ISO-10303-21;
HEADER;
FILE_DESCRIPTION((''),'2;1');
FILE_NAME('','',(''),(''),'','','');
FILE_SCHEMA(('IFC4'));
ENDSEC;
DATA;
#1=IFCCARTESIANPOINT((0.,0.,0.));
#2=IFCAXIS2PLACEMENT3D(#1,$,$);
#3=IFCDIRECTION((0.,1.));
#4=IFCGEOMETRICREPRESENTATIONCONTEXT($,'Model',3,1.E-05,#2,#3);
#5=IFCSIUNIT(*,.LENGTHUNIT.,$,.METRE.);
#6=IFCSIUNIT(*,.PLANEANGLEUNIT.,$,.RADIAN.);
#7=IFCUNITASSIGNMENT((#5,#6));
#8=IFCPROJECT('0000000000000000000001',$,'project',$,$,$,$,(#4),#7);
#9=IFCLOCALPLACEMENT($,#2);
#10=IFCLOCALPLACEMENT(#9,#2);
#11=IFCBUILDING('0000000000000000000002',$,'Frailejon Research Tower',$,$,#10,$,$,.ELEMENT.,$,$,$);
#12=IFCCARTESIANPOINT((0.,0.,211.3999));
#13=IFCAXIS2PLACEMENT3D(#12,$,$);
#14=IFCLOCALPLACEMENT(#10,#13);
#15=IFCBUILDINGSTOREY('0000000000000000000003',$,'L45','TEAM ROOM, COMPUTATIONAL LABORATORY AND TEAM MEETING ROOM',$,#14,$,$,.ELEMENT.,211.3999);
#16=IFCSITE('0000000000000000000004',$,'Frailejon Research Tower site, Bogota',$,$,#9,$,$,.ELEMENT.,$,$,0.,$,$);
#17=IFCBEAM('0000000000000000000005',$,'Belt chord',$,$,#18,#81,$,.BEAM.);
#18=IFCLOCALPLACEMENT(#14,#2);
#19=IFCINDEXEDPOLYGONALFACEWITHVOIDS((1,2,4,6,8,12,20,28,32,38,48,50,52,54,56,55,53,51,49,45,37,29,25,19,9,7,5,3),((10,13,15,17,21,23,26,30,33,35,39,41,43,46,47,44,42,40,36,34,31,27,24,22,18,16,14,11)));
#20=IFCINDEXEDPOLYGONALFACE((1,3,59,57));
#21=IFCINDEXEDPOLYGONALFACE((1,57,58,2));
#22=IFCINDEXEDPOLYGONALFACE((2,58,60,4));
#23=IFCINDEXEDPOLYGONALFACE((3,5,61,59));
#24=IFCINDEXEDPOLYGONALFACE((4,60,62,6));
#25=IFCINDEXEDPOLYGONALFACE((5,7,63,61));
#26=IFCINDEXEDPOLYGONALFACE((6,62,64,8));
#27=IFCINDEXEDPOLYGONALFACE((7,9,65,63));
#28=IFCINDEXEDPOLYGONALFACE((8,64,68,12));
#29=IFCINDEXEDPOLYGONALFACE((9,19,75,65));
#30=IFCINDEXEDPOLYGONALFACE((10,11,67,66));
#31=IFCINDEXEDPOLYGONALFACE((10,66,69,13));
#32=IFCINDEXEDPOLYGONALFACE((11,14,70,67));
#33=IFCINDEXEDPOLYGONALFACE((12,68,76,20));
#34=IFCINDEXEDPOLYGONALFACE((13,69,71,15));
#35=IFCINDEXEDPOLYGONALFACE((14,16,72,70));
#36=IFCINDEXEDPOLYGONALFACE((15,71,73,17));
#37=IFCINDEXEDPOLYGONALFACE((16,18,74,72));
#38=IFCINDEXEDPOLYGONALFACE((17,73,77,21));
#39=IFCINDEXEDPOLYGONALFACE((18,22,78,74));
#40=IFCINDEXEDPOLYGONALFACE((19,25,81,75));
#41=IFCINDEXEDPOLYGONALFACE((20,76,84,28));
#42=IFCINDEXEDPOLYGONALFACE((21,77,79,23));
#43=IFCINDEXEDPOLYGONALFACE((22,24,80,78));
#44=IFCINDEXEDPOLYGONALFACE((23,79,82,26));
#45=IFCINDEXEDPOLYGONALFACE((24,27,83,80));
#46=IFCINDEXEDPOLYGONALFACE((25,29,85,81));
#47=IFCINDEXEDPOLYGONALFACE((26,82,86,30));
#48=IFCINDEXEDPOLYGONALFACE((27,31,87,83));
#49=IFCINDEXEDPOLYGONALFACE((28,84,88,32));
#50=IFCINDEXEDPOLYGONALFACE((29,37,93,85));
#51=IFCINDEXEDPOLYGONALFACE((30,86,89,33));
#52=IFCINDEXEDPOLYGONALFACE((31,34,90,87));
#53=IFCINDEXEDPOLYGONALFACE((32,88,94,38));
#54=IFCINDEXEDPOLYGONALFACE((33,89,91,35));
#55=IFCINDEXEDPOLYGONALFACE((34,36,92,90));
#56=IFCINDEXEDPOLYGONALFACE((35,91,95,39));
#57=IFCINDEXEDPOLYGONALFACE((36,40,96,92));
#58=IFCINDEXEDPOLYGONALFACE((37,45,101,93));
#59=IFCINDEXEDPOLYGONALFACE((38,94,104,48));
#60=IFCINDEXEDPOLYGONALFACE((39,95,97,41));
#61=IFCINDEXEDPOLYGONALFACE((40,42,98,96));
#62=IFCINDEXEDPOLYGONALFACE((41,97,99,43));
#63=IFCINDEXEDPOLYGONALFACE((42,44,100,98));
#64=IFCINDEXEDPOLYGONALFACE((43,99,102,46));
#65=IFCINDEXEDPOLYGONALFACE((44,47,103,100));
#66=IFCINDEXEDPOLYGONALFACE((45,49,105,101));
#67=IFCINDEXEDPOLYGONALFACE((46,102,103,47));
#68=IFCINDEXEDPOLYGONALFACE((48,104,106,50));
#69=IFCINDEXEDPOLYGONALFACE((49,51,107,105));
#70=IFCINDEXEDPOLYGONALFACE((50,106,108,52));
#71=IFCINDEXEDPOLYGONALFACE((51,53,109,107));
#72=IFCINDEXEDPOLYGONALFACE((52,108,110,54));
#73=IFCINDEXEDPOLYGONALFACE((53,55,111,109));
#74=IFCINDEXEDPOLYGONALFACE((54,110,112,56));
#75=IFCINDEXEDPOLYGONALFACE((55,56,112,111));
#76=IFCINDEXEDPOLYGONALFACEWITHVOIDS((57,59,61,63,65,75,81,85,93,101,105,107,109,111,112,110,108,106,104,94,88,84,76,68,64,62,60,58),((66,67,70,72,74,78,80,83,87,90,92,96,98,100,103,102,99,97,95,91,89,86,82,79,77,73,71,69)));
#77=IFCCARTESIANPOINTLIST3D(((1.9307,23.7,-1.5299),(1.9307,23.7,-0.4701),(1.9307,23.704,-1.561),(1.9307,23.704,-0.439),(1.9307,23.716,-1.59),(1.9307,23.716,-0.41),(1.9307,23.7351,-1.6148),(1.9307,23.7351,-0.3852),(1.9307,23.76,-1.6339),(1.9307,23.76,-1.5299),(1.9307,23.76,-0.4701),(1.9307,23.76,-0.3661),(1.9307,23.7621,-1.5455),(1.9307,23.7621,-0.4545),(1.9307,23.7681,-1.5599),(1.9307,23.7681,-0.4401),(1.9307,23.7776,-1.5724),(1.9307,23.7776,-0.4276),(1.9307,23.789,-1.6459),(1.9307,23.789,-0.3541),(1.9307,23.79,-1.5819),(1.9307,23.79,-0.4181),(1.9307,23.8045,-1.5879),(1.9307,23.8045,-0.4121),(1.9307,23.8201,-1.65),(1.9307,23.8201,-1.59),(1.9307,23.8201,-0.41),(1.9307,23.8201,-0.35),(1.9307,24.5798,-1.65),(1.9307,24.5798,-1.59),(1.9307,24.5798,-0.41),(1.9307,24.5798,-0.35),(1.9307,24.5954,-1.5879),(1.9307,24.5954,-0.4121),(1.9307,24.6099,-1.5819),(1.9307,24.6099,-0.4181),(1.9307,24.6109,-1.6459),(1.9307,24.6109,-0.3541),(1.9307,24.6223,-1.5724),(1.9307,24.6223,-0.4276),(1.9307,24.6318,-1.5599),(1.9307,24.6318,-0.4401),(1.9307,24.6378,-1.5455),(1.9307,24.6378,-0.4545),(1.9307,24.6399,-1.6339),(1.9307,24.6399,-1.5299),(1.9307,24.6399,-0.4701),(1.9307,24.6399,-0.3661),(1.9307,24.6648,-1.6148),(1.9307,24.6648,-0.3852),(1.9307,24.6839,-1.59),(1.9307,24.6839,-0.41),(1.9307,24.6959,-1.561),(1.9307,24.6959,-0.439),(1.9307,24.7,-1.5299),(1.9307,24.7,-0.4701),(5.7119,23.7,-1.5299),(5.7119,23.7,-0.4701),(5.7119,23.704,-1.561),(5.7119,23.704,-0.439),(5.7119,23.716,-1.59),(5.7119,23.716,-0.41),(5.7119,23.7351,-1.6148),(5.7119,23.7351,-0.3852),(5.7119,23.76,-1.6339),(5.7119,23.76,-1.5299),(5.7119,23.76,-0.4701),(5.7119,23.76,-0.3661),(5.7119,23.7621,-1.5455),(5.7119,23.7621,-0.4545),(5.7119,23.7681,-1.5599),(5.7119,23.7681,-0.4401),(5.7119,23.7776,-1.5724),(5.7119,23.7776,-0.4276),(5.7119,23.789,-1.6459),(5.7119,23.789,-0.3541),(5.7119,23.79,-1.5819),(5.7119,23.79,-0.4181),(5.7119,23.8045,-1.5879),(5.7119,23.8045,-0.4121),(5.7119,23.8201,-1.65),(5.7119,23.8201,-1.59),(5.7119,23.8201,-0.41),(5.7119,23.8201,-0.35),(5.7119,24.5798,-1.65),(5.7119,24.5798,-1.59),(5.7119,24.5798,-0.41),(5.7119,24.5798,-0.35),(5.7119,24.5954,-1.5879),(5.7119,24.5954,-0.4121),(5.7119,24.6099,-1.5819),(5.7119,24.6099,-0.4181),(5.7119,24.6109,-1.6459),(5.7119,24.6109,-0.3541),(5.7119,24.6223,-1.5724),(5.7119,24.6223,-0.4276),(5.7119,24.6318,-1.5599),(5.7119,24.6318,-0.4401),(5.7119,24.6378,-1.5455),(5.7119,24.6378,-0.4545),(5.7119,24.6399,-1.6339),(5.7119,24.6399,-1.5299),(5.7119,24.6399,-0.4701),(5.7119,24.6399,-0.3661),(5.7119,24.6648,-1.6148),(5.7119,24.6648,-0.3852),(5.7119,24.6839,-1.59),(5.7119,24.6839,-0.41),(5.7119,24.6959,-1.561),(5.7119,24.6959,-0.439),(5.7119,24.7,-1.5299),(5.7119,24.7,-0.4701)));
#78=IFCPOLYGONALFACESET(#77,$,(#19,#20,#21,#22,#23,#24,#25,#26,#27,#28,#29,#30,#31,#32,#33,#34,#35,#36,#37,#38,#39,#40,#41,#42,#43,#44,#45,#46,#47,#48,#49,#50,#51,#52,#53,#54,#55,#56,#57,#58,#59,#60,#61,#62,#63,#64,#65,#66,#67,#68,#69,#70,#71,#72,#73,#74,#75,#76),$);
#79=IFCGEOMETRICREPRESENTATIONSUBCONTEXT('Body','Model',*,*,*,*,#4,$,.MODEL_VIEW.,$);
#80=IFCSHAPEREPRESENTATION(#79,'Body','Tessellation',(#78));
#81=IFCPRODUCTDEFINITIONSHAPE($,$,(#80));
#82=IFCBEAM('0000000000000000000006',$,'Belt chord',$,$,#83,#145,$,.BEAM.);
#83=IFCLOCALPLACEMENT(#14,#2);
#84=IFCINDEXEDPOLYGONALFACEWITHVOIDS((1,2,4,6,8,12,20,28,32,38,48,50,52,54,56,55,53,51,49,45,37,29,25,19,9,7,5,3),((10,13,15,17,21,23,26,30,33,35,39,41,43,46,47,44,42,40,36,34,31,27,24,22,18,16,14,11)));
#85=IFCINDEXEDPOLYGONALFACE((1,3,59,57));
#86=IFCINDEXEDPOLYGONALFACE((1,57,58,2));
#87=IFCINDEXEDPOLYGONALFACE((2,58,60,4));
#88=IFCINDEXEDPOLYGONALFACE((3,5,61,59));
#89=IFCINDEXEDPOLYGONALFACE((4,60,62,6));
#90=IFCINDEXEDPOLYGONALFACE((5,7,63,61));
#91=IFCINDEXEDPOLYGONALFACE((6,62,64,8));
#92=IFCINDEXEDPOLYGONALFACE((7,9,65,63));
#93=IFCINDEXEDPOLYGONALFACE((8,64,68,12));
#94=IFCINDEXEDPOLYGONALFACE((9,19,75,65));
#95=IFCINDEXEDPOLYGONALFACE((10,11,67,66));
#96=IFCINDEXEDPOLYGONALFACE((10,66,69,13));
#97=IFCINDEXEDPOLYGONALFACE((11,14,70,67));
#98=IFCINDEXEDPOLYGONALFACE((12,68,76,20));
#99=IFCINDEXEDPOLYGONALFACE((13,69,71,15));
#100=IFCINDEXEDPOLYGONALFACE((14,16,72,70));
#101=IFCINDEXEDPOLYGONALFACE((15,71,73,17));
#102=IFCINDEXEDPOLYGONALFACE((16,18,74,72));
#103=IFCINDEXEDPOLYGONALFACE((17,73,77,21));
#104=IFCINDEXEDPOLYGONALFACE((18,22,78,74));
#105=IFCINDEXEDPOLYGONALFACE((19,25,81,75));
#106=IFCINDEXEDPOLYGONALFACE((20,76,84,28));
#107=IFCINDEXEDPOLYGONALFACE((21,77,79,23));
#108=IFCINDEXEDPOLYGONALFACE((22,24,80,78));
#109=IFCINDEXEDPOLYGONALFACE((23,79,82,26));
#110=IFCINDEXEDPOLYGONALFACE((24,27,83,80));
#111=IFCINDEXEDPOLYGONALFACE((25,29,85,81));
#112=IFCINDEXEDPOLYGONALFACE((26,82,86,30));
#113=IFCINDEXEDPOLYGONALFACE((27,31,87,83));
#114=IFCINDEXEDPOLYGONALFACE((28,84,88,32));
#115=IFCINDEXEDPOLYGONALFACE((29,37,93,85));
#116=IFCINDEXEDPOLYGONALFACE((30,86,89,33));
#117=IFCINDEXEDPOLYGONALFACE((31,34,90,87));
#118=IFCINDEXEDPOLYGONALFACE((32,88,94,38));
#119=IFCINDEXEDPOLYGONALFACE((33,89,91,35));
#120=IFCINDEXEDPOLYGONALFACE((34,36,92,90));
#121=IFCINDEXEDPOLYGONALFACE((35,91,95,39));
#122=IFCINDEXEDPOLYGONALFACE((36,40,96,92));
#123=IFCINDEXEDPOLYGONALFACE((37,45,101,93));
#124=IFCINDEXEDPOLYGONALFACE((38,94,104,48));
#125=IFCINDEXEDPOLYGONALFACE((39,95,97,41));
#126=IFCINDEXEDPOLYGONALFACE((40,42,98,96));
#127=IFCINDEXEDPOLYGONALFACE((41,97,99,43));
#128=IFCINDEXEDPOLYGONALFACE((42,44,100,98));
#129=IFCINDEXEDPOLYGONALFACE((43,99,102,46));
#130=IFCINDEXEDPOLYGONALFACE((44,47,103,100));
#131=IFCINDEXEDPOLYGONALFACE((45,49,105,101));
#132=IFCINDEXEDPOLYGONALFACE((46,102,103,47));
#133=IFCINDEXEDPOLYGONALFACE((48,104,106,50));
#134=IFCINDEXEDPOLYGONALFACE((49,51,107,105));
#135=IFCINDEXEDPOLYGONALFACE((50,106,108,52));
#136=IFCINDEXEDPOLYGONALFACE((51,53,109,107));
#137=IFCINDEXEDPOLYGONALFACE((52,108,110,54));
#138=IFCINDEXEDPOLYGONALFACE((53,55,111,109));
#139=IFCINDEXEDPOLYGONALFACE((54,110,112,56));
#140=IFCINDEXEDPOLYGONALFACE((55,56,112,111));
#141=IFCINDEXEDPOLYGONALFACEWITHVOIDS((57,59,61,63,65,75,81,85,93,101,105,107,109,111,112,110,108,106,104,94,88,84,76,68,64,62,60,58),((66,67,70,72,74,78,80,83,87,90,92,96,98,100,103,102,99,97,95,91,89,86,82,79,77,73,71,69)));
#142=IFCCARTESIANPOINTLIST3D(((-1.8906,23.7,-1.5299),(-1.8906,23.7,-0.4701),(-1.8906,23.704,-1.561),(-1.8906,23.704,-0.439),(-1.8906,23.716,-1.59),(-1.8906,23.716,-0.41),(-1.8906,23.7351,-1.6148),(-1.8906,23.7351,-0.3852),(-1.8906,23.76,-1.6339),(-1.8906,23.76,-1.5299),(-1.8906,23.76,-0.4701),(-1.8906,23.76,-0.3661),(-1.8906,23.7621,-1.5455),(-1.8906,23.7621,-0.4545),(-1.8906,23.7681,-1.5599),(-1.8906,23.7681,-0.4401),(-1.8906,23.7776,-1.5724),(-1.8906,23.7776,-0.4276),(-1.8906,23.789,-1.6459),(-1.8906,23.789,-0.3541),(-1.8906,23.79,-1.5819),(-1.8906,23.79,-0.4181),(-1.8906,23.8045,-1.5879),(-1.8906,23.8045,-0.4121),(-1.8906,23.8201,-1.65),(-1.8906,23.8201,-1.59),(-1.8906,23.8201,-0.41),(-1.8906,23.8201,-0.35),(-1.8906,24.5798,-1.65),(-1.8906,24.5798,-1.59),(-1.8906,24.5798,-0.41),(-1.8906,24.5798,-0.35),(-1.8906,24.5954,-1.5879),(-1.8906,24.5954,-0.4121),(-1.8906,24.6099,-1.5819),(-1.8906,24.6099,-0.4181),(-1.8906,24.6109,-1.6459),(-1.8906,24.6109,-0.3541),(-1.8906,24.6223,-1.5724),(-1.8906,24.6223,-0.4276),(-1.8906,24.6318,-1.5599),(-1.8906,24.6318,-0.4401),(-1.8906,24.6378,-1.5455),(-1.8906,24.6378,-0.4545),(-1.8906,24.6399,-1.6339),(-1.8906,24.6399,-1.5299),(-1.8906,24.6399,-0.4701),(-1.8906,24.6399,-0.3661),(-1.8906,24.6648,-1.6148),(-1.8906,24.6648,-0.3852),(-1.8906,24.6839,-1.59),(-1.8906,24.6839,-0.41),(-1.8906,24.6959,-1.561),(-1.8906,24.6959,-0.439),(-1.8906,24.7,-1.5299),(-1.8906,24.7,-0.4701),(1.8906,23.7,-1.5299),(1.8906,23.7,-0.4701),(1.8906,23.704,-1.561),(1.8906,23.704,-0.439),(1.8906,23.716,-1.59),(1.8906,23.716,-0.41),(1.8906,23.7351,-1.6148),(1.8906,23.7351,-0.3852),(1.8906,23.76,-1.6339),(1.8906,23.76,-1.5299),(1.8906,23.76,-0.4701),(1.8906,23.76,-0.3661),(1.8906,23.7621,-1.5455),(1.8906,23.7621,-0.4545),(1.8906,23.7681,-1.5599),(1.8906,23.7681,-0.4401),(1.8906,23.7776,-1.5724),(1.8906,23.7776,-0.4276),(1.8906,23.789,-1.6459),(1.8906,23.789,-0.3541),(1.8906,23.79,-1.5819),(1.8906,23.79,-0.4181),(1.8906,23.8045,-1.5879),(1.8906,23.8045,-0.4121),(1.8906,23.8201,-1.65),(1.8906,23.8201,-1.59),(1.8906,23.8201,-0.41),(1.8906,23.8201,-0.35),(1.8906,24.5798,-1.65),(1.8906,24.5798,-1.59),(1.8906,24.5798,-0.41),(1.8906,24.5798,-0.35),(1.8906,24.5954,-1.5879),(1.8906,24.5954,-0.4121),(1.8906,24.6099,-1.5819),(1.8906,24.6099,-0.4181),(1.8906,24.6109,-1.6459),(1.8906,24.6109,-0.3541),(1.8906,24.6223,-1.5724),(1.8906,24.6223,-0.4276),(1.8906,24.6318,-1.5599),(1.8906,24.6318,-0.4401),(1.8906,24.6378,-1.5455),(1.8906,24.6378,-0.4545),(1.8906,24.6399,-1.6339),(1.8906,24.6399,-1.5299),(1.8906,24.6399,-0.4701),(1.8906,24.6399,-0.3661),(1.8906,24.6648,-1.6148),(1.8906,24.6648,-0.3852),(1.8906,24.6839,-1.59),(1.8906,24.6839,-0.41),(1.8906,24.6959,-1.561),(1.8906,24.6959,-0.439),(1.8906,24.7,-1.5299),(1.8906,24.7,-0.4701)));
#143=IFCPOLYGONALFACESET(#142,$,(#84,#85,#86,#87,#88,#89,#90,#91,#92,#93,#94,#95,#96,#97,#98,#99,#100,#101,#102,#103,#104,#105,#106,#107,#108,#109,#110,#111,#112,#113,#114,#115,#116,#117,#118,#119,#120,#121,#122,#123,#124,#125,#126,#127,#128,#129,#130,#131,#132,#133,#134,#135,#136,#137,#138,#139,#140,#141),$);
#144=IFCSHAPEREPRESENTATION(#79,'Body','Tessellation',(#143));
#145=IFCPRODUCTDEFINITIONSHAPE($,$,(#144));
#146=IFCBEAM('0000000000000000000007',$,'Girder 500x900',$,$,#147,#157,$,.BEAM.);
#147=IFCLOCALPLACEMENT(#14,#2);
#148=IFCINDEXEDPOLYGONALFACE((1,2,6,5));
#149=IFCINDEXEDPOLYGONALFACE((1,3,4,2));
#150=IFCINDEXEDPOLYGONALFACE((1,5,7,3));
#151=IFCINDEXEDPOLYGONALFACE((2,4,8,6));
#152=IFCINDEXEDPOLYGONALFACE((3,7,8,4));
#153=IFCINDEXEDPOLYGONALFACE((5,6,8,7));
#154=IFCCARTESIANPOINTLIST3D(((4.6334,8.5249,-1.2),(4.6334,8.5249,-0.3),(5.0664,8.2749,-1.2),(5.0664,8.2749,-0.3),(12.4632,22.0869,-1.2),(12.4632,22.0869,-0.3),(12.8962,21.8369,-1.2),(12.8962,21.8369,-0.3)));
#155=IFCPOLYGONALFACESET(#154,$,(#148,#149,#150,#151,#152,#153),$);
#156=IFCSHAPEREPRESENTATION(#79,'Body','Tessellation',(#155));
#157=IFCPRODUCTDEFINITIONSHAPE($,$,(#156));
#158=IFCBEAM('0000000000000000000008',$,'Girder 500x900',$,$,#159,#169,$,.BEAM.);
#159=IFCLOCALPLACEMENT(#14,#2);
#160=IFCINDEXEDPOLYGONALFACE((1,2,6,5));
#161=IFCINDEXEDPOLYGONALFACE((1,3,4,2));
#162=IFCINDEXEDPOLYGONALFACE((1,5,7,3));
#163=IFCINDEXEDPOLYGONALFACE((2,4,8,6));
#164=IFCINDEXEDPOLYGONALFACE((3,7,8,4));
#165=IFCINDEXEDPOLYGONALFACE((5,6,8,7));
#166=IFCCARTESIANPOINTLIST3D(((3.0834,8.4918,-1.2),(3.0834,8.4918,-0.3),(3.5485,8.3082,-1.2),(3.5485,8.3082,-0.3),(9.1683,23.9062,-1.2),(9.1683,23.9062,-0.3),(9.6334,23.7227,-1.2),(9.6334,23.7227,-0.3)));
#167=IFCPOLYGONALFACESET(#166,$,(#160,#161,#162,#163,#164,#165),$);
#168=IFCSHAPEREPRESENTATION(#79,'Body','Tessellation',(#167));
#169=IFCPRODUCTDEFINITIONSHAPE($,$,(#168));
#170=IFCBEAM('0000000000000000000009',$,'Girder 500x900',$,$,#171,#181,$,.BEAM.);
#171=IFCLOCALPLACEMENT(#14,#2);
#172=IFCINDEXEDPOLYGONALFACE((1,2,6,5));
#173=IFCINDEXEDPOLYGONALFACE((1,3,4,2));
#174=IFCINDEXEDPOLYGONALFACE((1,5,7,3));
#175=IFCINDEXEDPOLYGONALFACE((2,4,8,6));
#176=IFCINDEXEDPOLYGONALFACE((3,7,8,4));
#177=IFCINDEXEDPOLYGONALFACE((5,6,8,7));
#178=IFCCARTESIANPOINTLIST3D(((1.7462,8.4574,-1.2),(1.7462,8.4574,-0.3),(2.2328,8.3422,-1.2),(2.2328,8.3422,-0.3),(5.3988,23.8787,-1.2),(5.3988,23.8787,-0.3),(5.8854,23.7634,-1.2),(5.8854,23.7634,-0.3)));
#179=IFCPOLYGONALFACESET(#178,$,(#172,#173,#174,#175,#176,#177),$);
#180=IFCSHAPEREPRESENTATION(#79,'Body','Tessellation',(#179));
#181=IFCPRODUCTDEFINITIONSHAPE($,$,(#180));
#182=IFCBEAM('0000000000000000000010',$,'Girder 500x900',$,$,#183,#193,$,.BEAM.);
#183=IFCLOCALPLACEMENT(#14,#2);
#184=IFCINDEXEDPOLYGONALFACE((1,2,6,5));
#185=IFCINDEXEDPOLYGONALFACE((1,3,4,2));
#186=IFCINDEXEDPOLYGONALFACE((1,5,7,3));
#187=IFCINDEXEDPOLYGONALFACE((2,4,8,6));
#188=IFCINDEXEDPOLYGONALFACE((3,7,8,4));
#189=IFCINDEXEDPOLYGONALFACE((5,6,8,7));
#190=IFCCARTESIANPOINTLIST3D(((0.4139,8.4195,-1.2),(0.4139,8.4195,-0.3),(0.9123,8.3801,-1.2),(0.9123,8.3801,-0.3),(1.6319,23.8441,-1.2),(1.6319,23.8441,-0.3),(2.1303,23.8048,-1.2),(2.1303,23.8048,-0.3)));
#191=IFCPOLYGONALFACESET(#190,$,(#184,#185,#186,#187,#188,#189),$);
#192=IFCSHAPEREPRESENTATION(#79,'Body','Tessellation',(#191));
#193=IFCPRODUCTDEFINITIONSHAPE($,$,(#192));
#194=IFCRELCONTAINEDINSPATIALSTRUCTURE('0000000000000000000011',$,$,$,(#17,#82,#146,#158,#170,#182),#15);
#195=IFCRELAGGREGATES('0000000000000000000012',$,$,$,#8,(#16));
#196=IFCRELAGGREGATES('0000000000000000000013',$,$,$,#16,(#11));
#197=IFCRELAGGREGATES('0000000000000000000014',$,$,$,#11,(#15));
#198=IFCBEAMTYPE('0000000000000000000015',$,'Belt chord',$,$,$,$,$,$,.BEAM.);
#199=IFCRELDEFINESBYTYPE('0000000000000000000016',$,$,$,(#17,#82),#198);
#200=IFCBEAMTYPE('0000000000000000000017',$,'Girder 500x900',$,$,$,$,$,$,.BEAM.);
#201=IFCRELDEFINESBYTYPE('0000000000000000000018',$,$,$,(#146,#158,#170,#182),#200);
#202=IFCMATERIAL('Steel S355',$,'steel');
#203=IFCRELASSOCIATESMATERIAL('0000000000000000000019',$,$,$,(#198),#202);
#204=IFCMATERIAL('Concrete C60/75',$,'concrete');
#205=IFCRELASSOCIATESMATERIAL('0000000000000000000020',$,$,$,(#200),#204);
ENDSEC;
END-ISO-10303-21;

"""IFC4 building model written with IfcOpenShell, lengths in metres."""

from ifc_helpers import new_model, si_unit, direction, frame, origin, origin_2d, place, context, subcontext, project, spatial, rectangle, hollow_rectangle, extrude, material, material_profile, profile_set, type_object, element, save


model = new_model("IFC4")

# Units and contexts
model_context = context("Model", 3, precision=1e-05, world=origin(), true_north=direction((0.0, 1.0)))
body_context = subcontext(model_context, "Body", "Model", "MODEL_VIEW")
ifc_project = project(units=[si_unit("LENGTHUNIT", "METRE"), si_unit("PLANEANGLEUNIT", "RADIAN")], contexts=[model_context])

# Site, building, storey
site_placement = place(None, origin())
site = spatial("IfcSite", under=ifc_project, at=site_placement, Name="Frailejon Research Tower site, Bogota", CompositionType="ELEMENT", RefElevation=0.0)
building_placement = place(site_placement, origin())
building = spatial("IfcBuilding", under=site, at=building_placement, Name="Frailejon Research Tower", CompositionType="ELEMENT")
storey_placement = place(building_placement, frame((0.0, 0.0, 211.3999)))
storey = spatial("IfcBuildingStorey", under=building, at=storey_placement, Name="L45", Description="TEAM ROOM, COMPUTATIONAL LABORATORY AND TEAM MEETING ROOM", CompositionType="ELEMENT", Elevation=211.3999)

# Beams
ifc_material_1 = material(Name="Steel S355", Category="steel")
ifc_material_profile_1 = material_profile(ifc_material_1, hollow_rectangle(XDim=1.0, YDim=1.3, WallThickness=0.0601, InnerFilletRadius=0.0601, OuterFilletRadius=0.1201, at=origin_2d()), Name="Belt chord")
ifc_profile_set_1 = profile_set([ifc_material_profile_1], Name="Steel S355")
beam_type_1 = type_object("IfcBeamType", Name="Belt chord", PredefinedType="BEAM", material=ifc_profile_set_1)
for number, where, z_axis, x_axis, name in (
    (1, (5.7119, 24.2, -1.0), (-1.0, 0.0, 0.0), (0.0, -1.0, 0.0), "Belt chord"),
    (2, (1.8906, 24.2, -1.0), (-1.0, 0.0, 0.0), (0.0, -1.0, 0.0), "Belt chord"),
):
    element("IfcBeam", number, at=place(storey_placement, frame(where, z_axis=z_axis, x_axis=x_axis)), inside=storey, type_object=beam_type_1, Name=name, PredefinedType="BEAM", context=body_context, shape_type="SweptSolid", body=[
        extrude(hollow_rectangle(XDim=1.0, YDim=1.3, WallThickness=0.0601, InnerFilletRadius=0.0601, OuterFilletRadius=0.1201, at=origin_2d()), origin(), (0.0, 0.0, 1.0), 3.7812),
    ])
ifc_material_2 = material(Name="Concrete C60/75", Category="concrete")
ifc_material_profile_2 = material_profile(ifc_material_2, rectangle(XDim=0.5, YDim=0.8999, at=origin_2d()), Name="Girder 500x900")
ifc_profile_set_2 = profile_set([ifc_material_profile_2], Name="Concrete C60/75")
beam_type_2 = type_object("IfcBeamType", Name="Girder 500x900", PredefinedType="BEAM", material=ifc_profile_set_2)
beam_1_placement = place(storey_placement, frame((12.6797, 21.9619, -0.75), z_axis=(-0.499991, -0.866031, 0.0), x_axis=(0.866031, -0.499991, 0.0)))
element("IfcBeam", 3, at=beam_1_placement, inside=storey, type_object=beam_type_2, Name="Girder 500x900", PredefinedType="BEAM", context=body_context, shape_type="SweptSolid", body=[
    extrude(rectangle(XDim=0.5, YDim=0.8999, at=origin_2d()), origin(), (0.0, 0.0, 1.0), 15.6599),
])
beam_2_placement = place(storey_placement, frame((9.4009, 23.8145, -0.75), z_axis=(-0.367181, -0.93015, 0.0), x_axis=(0.93015, -0.367181, 0.0)))
element("IfcBeam", 4, at=beam_2_placement, inside=storey, type_object=beam_type_2, Name="Girder 500x900", PredefinedType="BEAM", context=body_context, shape_type="SweptSolid", body=[
    extrude(rectangle(XDim=0.5, YDim=0.8999, at=origin_2d()), origin(), (0.0, 0.0, 1.0), 16.572),
])
beam_3_placement = place(storey_placement, frame((5.6421, 23.821, -0.75), z_axis=(-0.230479, -0.973077, 0.0), x_axis=(0.973077, -0.230479, 0.0)))
element("IfcBeam", 5, at=beam_3_placement, inside=storey, type_object=beam_type_2, Name="Girder 500x900", PredefinedType="BEAM", context=body_context, shape_type="SweptSolid", body=[
    extrude(rectangle(XDim=0.5, YDim=0.8999, at=origin_2d()), origin(), (0.0, 0.0, 1.0), 15.8479),
])
beam_4_placement = place(storey_placement, frame((1.8811, 23.8245, -0.75), z_axis=(-0.078721, -0.996897, 0.0), x_axis=(0.996897, -0.078721, 0.0)))
element("IfcBeam", 6, at=beam_4_placement, inside=storey, type_object=beam_type_2, Name="Girder 500x900", PredefinedType="BEAM", context=body_context, shape_type="SweptSolid", body=[
    extrude(rectangle(XDim=0.5, YDim=0.8999, at=origin_2d()), origin(), (0.0, 0.0, 1.0), 15.4727),
])

save(model, "model.ifc")
